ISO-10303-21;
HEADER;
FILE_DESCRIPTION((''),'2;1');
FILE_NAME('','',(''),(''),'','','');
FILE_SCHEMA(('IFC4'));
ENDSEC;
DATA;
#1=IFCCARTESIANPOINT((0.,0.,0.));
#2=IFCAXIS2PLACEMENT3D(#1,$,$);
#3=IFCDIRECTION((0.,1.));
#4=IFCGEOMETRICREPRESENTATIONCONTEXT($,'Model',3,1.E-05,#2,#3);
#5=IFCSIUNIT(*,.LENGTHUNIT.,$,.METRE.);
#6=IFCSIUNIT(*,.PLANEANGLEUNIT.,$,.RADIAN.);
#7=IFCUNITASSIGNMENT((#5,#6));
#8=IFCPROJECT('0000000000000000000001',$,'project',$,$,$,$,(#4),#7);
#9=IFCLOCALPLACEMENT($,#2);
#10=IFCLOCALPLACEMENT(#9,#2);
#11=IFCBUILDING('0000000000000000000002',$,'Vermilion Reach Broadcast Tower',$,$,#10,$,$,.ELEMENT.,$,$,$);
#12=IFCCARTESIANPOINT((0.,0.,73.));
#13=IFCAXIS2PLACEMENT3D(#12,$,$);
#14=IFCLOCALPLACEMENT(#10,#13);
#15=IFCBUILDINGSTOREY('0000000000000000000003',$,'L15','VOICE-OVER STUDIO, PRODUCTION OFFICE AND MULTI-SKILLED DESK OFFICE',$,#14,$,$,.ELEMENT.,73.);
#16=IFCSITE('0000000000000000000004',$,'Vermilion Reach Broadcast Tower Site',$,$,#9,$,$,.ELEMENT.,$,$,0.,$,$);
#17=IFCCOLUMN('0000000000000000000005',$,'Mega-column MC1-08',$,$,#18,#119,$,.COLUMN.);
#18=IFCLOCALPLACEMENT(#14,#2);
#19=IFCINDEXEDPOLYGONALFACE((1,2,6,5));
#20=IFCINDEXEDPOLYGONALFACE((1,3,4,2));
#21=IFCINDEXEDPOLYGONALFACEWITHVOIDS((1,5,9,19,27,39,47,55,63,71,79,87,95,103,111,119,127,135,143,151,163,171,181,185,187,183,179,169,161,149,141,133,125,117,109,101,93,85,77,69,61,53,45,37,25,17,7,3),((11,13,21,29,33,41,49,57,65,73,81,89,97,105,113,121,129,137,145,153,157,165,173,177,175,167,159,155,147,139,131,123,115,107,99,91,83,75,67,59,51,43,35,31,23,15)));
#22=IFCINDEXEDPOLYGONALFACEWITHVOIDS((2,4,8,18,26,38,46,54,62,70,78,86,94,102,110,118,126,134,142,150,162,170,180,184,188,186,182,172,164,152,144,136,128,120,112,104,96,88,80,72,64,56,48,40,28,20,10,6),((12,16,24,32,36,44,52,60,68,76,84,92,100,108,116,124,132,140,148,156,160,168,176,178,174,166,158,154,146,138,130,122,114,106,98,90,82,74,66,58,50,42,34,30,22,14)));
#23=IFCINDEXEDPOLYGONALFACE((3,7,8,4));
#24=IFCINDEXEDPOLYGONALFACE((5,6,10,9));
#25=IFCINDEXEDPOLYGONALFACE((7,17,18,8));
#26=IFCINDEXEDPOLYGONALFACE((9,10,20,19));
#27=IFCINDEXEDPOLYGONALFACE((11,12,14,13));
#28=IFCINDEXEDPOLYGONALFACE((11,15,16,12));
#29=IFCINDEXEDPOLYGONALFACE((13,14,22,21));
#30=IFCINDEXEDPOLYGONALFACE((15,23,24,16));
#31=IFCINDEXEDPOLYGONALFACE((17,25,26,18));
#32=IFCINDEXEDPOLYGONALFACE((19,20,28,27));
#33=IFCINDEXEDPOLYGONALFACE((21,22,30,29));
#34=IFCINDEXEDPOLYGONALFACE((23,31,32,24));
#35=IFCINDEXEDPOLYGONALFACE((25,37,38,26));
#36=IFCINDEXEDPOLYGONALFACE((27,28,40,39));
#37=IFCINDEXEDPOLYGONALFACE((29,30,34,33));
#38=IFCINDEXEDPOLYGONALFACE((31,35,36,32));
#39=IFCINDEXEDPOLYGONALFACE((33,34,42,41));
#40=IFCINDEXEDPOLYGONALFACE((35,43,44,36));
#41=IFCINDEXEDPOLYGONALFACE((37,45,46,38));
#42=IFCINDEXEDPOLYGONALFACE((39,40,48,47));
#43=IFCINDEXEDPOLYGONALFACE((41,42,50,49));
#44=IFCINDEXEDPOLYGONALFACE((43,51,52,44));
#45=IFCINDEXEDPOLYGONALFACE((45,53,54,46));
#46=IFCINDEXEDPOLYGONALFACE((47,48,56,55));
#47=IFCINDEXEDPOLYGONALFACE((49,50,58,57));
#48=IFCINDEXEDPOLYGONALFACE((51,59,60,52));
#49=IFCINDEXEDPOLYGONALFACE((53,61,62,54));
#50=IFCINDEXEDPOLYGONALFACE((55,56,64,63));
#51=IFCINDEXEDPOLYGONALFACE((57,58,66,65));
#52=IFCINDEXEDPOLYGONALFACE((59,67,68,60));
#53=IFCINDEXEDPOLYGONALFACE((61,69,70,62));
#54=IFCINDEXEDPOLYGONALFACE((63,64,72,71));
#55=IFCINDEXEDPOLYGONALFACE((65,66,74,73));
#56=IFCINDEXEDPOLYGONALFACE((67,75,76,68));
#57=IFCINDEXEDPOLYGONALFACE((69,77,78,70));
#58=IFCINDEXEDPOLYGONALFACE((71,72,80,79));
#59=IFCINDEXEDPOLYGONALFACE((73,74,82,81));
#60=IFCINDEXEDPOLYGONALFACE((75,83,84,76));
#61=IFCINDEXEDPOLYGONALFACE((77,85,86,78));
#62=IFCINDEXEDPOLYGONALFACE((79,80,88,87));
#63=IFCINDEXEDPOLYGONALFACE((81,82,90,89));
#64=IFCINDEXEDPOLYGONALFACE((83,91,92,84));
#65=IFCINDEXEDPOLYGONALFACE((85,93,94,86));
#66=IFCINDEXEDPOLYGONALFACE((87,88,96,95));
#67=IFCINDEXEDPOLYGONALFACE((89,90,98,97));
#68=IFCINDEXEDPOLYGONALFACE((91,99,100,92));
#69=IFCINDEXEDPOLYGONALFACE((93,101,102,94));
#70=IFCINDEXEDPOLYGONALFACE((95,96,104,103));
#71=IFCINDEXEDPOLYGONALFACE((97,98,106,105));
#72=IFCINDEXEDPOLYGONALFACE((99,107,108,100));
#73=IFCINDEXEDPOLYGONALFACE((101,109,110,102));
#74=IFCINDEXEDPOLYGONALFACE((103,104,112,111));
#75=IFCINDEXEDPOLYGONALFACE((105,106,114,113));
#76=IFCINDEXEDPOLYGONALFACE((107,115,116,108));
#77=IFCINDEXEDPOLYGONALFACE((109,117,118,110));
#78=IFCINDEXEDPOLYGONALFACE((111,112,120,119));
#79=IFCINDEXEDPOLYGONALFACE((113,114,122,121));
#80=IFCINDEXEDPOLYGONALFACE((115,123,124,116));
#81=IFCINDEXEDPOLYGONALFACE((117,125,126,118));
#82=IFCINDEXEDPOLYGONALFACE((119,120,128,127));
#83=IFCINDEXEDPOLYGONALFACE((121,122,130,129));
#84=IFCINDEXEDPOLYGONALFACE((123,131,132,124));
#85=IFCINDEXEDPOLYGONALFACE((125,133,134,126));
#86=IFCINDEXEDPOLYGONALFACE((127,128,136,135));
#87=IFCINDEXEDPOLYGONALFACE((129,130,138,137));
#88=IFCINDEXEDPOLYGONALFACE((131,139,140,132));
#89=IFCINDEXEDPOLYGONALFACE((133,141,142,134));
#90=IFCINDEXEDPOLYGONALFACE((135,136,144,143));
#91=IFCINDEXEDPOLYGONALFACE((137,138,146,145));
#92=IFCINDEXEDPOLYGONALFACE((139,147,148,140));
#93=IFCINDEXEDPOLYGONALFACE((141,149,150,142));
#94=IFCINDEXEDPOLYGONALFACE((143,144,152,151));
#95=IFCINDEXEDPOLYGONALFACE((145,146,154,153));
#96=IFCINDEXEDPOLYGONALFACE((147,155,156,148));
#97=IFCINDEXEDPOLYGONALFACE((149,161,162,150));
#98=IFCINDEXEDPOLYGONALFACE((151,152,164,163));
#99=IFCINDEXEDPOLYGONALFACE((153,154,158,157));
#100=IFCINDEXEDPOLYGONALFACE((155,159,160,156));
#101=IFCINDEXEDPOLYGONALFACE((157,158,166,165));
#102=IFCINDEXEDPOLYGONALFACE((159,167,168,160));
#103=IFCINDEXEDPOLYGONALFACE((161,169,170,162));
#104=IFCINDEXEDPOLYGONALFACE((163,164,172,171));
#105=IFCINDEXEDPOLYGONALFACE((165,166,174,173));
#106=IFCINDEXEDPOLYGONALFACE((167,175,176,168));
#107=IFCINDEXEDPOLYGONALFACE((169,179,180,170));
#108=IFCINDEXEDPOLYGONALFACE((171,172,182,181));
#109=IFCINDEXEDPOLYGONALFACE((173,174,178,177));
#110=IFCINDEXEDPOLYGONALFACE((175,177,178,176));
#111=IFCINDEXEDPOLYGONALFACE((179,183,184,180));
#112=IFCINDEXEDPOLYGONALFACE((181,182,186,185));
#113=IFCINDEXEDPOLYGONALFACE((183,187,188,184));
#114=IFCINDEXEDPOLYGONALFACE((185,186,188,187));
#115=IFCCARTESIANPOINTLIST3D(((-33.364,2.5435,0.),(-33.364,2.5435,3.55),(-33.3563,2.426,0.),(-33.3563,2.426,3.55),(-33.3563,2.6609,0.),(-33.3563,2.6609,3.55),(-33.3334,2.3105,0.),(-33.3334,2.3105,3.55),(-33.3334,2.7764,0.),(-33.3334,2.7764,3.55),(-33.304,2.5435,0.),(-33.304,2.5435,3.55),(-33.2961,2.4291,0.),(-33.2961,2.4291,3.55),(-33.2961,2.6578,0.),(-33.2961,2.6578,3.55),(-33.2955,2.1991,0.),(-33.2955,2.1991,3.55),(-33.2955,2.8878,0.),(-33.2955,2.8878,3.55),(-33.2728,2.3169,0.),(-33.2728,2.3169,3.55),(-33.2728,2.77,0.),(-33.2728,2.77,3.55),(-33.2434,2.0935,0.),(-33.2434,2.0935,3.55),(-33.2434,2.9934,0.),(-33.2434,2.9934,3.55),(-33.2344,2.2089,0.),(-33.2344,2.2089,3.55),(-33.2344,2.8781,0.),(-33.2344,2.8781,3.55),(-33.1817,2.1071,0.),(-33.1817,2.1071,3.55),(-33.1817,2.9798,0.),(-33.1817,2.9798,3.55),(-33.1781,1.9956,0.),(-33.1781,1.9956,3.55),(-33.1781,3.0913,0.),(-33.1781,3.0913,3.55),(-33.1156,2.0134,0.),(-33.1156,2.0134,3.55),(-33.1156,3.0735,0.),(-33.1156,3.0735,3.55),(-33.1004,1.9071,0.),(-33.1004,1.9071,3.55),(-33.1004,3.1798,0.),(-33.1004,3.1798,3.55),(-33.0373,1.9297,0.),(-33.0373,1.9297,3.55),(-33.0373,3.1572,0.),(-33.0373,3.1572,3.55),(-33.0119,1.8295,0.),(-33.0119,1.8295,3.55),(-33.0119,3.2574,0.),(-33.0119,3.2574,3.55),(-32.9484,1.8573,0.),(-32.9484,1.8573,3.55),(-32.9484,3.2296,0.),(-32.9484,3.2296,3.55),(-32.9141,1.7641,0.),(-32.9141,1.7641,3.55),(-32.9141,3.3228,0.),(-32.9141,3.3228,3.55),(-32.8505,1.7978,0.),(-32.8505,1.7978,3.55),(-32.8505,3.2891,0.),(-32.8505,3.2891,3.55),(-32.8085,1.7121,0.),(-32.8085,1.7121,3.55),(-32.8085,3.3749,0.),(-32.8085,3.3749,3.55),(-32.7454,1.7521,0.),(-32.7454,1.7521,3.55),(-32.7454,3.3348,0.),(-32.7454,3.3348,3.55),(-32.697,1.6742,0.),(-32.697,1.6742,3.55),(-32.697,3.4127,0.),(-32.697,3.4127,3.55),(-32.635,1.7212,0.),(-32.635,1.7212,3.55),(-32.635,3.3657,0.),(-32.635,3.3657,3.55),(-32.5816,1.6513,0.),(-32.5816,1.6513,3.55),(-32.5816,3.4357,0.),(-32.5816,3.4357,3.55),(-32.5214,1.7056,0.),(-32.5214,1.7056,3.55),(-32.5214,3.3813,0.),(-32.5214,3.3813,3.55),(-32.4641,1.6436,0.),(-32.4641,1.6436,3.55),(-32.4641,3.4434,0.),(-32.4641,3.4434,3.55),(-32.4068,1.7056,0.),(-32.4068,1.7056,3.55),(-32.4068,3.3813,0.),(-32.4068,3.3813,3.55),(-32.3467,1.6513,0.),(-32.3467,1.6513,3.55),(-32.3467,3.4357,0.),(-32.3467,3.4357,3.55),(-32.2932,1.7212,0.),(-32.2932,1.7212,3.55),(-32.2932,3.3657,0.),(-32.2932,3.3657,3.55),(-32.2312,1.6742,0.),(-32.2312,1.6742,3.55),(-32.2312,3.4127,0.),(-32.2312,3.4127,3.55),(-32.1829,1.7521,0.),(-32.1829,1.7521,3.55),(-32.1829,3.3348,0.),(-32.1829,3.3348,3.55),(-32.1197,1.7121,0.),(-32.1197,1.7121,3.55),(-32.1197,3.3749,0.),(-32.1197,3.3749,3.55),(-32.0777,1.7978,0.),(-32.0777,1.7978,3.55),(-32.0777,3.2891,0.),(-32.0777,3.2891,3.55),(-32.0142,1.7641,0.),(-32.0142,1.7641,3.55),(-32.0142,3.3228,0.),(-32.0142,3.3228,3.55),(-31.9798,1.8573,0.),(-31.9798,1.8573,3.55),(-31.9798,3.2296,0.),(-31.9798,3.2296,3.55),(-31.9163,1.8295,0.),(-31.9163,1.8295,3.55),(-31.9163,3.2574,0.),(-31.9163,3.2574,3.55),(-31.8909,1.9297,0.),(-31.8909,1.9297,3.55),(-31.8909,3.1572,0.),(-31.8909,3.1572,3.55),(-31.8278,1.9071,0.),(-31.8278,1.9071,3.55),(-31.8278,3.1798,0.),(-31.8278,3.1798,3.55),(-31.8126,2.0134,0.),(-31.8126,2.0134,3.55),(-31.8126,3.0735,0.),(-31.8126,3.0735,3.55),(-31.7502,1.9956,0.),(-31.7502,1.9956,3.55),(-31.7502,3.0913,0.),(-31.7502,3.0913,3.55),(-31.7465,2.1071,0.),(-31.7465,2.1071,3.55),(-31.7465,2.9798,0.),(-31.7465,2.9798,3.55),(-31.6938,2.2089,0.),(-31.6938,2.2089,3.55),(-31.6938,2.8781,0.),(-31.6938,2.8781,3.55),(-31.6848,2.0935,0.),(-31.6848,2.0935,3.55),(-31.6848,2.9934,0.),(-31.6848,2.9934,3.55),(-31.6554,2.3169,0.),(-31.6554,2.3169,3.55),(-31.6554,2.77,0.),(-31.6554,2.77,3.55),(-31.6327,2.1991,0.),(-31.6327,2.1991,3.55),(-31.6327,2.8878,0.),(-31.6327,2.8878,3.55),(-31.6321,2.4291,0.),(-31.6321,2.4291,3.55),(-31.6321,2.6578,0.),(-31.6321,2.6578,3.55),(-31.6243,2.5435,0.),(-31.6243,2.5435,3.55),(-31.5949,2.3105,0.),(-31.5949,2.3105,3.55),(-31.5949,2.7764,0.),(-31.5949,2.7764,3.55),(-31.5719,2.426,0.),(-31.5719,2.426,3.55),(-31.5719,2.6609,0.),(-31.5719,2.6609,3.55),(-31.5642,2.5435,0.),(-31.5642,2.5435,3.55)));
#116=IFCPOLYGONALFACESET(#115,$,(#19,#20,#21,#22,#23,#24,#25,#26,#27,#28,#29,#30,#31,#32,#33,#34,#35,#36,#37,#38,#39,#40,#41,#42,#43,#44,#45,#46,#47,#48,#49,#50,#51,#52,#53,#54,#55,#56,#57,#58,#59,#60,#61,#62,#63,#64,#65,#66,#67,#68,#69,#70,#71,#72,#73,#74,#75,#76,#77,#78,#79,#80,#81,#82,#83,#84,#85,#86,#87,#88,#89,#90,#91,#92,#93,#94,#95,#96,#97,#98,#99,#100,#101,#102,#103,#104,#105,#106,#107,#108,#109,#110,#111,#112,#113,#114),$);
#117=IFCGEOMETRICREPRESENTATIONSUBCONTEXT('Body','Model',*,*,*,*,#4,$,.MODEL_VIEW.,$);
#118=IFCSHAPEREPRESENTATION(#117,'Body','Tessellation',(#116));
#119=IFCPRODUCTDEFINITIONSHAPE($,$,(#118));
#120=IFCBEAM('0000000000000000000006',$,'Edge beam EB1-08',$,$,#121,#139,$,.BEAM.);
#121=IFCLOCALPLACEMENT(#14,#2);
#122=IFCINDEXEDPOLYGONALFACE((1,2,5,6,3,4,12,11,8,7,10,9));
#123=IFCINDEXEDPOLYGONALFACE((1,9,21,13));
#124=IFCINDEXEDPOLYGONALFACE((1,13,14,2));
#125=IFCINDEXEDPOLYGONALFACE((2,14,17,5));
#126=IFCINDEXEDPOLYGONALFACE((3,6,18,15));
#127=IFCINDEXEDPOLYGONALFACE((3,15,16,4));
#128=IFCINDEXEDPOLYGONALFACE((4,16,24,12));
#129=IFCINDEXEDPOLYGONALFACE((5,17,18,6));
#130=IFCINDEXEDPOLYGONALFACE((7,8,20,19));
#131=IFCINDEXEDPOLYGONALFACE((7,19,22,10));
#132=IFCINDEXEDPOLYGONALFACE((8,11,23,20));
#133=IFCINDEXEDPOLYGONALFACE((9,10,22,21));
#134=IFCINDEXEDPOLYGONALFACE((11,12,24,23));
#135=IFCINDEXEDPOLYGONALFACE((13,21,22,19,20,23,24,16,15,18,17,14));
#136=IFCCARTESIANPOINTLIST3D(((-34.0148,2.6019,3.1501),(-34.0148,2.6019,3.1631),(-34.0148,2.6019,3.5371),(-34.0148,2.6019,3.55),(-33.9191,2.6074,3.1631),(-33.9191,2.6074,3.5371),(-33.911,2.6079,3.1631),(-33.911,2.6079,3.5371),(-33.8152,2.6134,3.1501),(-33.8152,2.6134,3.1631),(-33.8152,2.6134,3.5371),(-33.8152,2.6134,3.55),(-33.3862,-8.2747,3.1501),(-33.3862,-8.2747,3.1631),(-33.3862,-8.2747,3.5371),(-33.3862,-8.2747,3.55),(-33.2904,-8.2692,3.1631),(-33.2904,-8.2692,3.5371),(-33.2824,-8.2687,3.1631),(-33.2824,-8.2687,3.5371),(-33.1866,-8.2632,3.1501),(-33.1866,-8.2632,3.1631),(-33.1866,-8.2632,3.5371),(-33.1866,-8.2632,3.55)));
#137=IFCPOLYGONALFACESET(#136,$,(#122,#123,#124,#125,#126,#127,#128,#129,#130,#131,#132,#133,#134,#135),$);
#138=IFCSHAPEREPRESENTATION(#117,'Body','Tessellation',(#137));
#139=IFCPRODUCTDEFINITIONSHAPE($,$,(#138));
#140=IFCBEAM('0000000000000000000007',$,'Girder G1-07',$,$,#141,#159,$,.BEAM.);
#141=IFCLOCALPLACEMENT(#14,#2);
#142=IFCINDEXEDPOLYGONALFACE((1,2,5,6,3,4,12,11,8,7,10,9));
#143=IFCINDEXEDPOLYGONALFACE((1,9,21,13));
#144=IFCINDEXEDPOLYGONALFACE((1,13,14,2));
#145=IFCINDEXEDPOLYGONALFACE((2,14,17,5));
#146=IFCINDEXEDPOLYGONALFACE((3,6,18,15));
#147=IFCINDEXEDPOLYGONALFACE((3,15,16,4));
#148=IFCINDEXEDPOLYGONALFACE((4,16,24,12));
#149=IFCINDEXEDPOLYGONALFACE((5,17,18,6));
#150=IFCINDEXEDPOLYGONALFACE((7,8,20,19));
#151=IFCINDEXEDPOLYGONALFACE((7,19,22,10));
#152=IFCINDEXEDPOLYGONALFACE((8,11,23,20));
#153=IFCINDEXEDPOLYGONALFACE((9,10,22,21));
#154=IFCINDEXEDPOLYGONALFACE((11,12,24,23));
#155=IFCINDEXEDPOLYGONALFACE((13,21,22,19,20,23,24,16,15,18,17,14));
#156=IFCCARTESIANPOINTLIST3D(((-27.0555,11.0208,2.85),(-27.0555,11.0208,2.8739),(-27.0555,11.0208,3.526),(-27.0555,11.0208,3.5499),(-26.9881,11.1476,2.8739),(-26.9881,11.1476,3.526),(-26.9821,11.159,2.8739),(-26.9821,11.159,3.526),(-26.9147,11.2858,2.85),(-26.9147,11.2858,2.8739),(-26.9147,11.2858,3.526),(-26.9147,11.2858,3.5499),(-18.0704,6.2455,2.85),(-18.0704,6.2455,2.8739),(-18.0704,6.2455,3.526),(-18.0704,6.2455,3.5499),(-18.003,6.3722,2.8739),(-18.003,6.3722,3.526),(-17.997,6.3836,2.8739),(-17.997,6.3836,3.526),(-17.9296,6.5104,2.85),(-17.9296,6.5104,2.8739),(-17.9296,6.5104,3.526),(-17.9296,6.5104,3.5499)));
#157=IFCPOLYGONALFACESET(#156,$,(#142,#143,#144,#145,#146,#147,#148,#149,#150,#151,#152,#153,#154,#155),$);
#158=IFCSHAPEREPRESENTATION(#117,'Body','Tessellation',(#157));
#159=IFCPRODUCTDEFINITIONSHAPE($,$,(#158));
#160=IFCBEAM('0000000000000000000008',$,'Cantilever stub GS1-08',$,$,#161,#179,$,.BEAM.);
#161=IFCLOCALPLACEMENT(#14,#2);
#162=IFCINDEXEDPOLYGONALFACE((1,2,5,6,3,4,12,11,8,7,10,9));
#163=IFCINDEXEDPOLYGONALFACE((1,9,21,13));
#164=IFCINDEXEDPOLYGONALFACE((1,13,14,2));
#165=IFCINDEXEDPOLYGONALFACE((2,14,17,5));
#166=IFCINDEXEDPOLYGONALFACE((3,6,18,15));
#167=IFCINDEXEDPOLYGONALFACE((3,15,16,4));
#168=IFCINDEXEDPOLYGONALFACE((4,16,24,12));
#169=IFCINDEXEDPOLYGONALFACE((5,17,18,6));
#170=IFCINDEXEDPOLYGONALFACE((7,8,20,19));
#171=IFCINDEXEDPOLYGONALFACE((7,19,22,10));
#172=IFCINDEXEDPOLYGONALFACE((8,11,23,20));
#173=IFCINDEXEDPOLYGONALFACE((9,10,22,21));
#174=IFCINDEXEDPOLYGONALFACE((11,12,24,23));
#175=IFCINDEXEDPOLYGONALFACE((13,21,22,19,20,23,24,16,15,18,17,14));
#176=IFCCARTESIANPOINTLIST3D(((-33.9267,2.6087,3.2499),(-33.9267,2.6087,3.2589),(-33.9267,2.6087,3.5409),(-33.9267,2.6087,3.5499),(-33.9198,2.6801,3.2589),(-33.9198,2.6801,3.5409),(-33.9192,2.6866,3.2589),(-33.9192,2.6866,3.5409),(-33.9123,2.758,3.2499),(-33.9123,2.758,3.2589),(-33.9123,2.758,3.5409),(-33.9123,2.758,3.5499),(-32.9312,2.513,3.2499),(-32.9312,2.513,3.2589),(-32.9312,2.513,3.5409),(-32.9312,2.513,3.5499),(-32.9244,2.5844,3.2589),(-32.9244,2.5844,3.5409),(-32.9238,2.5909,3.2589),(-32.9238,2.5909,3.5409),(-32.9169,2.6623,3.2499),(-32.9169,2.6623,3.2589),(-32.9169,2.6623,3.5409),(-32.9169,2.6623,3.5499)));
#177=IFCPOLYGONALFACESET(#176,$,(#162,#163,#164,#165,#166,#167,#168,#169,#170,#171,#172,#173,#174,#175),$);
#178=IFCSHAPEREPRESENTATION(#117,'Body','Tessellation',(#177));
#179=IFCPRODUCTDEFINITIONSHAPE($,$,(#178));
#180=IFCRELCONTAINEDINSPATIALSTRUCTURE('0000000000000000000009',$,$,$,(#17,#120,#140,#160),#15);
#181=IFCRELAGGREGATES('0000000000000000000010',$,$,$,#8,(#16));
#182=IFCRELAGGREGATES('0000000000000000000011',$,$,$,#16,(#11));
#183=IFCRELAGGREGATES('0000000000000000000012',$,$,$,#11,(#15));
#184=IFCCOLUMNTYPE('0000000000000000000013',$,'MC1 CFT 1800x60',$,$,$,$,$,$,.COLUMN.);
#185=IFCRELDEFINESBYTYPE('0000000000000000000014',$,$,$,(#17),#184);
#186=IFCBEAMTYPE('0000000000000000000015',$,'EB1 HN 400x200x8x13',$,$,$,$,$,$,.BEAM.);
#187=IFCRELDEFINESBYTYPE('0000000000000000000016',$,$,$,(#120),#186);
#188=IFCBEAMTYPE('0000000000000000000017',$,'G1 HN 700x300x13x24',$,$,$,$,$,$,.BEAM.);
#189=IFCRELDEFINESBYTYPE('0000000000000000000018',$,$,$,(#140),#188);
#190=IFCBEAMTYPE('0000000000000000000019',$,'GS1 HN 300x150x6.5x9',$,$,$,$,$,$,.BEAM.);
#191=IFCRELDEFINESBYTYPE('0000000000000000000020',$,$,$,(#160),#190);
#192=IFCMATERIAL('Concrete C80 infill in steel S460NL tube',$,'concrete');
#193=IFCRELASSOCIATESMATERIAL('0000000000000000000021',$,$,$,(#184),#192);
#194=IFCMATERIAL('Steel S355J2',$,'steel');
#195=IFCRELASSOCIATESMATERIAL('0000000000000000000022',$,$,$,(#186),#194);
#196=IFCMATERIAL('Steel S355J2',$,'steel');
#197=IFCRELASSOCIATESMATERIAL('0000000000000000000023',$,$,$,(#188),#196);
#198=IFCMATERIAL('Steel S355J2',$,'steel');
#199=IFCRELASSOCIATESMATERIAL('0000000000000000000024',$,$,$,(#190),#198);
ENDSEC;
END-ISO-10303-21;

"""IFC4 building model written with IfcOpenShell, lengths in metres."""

from ifc_helpers import new_model, si_unit, direction, frame, origin, origin_2d, place, context, subcontext, project, spatial, hollow_circle, i_section, extrude, material, material_profile, profile_set, type_object, element, save


model = new_model("IFC4")

# Units and contexts
model_context = context("Model", 3, precision=1e-05, world=origin(), true_north=direction((0.0, 1.0)))
body_context = subcontext(model_context, "Body", "Model", "MODEL_VIEW")
ifc_project = project(units=[si_unit("LENGTHUNIT", "METRE"), si_unit("PLANEANGLEUNIT", "RADIAN")], contexts=[model_context])

# Site, building, storey
site_placement = place(None, origin())
site = spatial("IfcSite", under=ifc_project, at=site_placement, Name="Vermilion Reach Broadcast Tower Site", CompositionType="ELEMENT", RefElevation=0.0)
building_placement = place(site_placement, origin())
building = spatial("IfcBuilding", under=site, at=building_placement, Name="Vermilion Reach Broadcast Tower", CompositionType="ELEMENT")
storey_placement = place(building_placement, frame((0.0, 0.0, 73.0)))
storey = spatial("IfcBuildingStorey", under=building, at=storey_placement, Name="L15", Description="VOICE-OVER STUDIO, PRODUCTION OFFICE AND MULTI-SKILLED DESK OFFICE", CompositionType="ELEMENT", Elevation=73.0)

# Column
ifc_material_1 = material(Name="Concrete C80 infill in steel S460NL tube", Category="concrete")
ifc_material_profile_1 = material_profile(ifc_material_1, hollow_circle(Radius=0.8999, WallThickness=0.0601, at=origin_2d()), Name="Concrete C80 infill in steel S460NL tube CFT 1800x60")
ifc_profile_set_1 = profile_set([ifc_material_profile_1], Name="Concrete C80 infill in steel S460NL tube")
column_type = type_object("IfcColumnType", Name="MC1 CFT 1800x60", PredefinedType="COLUMN", material=ifc_profile_set_1)
column_placement = place(storey_placement, frame((-32.4641, 2.5435, 0.0), z_axis=(0.0, 0.0, 1.0), x_axis=(1.0, 0.0, 0.0)))
element("IfcColumn", 1, at=column_placement, inside=storey, type_object=column_type, Name="Mega-column MC1-08", PredefinedType="COLUMN", context=body_context, shape_type="SweptSolid", body=[
    extrude(hollow_circle(Radius=0.8999, WallThickness=0.0601, at=origin_2d()), origin(), (0.0, 0.0, 1.0), 3.55),
])

# Beams
ifc_material_2 = material(Name="Steel S355J2", Category="steel")
ifc_material_profile_2 = material_profile(ifc_material_2, i_section(OverallWidth=0.2, OverallDepth=0.3999, WebThickness=0.0081, FlangeThickness=0.0129, at=origin_2d()), Name="S355J2 HN 400x200x8x13")
ifc_profile_set_2 = profile_set([ifc_material_profile_2], Name="Steel S355J2")
beam_type_1 = type_object("IfcBeamType", Name="EB1 HN 400x200x8x13", PredefinedType="BEAM", material=ifc_profile_set_2)
beam_1_placement = place(storey_placement, frame((-33.915, 2.6077, 3.3501), z_axis=(0.057703, -0.998334, 0.0), x_axis=(0.998334, 0.057703, 0.0)))
element("IfcBeam", 2, at=beam_1_placement, inside=storey, type_object=beam_type_1, Name="Edge beam EB1-08", PredefinedType="BEAM", context=body_context, shape_type="SweptSolid", body=[
    extrude(i_section(OverallWidth=0.2, OverallDepth=0.3999, WebThickness=0.0081, FlangeThickness=0.0129, at=origin_2d()), origin(), (0.0, 0.0, 1.0), 10.8948),
])
ifc_material_3 = material(Name="Steel S355J2", Category="steel")
ifc_material_profile_3 = material_profile(ifc_material_3, i_section(OverallWidth=0.3, OverallDepth=0.7, WebThickness=0.0129, FlangeThickness=0.0239, at=origin_2d()), Name="S355J2 HN 700x300x13x24")
ifc_profile_set_3 = profile_set([ifc_material_profile_3], Name="Steel S355J2")
beam_type_2 = type_object("IfcBeamType", Name="G1 HN 700x300x13x24", PredefinedType="BEAM", material=ifc_profile_set_3)
beam_2_placement = place(storey_placement, frame((-18.0, 6.3779, 3.2), z_axis=(-0.883032, 0.469313, 0.0), x_axis=(-0.469313, -0.883032, 0.0)))
element("IfcBeam", 3, at=beam_2_placement, inside=storey, type_object=beam_type_2, Name="Girder G1-07", PredefinedType="BEAM", context=body_context, shape_type="SweptSolid", body=[
    extrude(i_section(OverallWidth=0.3, OverallDepth=0.7, WebThickness=0.0129, FlangeThickness=0.0239, at=origin_2d()), origin(), (0.0, 0.0, 1.0), 10.1753),
])
ifc_material_4 = material(Name="Steel S355J2", Category="steel")
ifc_material_profile_4 = material_profile(ifc_material_4, i_section(OverallWidth=0.1499, OverallDepth=0.3, WebThickness=0.0066, FlangeThickness=0.009, at=origin_2d()), Name="S355J2 HN 300x150x6.5x9")
ifc_profile_set_4 = profile_set([ifc_material_profile_4], Name="Steel S355J2")
beam_type_3 = type_object("IfcBeamType", Name="GS1 HN 300x150x6.5x9", PredefinedType="BEAM", material=ifc_profile_set_4)
beam_3_placement = place(storey_placement, frame((-32.9241, 2.5876, 3.3999), z_axis=(-0.995409, 0.095708, 0.0), x_axis=(-0.095708, -0.995409, 0.0)))
element("IfcBeam", 4, at=beam_3_placement, inside=storey, type_object=beam_type_3, Name="Cantilever stub GS1-08", PredefinedType="BEAM", context=body_context, shape_type="SweptSolid", body=[
    extrude(i_section(OverallWidth=0.1499, OverallDepth=0.3, WebThickness=0.0066, FlangeThickness=0.009, at=origin_2d()), origin(), (0.0, 0.0, 1.0), 1.0),
])

save(model, "model.ifc")
